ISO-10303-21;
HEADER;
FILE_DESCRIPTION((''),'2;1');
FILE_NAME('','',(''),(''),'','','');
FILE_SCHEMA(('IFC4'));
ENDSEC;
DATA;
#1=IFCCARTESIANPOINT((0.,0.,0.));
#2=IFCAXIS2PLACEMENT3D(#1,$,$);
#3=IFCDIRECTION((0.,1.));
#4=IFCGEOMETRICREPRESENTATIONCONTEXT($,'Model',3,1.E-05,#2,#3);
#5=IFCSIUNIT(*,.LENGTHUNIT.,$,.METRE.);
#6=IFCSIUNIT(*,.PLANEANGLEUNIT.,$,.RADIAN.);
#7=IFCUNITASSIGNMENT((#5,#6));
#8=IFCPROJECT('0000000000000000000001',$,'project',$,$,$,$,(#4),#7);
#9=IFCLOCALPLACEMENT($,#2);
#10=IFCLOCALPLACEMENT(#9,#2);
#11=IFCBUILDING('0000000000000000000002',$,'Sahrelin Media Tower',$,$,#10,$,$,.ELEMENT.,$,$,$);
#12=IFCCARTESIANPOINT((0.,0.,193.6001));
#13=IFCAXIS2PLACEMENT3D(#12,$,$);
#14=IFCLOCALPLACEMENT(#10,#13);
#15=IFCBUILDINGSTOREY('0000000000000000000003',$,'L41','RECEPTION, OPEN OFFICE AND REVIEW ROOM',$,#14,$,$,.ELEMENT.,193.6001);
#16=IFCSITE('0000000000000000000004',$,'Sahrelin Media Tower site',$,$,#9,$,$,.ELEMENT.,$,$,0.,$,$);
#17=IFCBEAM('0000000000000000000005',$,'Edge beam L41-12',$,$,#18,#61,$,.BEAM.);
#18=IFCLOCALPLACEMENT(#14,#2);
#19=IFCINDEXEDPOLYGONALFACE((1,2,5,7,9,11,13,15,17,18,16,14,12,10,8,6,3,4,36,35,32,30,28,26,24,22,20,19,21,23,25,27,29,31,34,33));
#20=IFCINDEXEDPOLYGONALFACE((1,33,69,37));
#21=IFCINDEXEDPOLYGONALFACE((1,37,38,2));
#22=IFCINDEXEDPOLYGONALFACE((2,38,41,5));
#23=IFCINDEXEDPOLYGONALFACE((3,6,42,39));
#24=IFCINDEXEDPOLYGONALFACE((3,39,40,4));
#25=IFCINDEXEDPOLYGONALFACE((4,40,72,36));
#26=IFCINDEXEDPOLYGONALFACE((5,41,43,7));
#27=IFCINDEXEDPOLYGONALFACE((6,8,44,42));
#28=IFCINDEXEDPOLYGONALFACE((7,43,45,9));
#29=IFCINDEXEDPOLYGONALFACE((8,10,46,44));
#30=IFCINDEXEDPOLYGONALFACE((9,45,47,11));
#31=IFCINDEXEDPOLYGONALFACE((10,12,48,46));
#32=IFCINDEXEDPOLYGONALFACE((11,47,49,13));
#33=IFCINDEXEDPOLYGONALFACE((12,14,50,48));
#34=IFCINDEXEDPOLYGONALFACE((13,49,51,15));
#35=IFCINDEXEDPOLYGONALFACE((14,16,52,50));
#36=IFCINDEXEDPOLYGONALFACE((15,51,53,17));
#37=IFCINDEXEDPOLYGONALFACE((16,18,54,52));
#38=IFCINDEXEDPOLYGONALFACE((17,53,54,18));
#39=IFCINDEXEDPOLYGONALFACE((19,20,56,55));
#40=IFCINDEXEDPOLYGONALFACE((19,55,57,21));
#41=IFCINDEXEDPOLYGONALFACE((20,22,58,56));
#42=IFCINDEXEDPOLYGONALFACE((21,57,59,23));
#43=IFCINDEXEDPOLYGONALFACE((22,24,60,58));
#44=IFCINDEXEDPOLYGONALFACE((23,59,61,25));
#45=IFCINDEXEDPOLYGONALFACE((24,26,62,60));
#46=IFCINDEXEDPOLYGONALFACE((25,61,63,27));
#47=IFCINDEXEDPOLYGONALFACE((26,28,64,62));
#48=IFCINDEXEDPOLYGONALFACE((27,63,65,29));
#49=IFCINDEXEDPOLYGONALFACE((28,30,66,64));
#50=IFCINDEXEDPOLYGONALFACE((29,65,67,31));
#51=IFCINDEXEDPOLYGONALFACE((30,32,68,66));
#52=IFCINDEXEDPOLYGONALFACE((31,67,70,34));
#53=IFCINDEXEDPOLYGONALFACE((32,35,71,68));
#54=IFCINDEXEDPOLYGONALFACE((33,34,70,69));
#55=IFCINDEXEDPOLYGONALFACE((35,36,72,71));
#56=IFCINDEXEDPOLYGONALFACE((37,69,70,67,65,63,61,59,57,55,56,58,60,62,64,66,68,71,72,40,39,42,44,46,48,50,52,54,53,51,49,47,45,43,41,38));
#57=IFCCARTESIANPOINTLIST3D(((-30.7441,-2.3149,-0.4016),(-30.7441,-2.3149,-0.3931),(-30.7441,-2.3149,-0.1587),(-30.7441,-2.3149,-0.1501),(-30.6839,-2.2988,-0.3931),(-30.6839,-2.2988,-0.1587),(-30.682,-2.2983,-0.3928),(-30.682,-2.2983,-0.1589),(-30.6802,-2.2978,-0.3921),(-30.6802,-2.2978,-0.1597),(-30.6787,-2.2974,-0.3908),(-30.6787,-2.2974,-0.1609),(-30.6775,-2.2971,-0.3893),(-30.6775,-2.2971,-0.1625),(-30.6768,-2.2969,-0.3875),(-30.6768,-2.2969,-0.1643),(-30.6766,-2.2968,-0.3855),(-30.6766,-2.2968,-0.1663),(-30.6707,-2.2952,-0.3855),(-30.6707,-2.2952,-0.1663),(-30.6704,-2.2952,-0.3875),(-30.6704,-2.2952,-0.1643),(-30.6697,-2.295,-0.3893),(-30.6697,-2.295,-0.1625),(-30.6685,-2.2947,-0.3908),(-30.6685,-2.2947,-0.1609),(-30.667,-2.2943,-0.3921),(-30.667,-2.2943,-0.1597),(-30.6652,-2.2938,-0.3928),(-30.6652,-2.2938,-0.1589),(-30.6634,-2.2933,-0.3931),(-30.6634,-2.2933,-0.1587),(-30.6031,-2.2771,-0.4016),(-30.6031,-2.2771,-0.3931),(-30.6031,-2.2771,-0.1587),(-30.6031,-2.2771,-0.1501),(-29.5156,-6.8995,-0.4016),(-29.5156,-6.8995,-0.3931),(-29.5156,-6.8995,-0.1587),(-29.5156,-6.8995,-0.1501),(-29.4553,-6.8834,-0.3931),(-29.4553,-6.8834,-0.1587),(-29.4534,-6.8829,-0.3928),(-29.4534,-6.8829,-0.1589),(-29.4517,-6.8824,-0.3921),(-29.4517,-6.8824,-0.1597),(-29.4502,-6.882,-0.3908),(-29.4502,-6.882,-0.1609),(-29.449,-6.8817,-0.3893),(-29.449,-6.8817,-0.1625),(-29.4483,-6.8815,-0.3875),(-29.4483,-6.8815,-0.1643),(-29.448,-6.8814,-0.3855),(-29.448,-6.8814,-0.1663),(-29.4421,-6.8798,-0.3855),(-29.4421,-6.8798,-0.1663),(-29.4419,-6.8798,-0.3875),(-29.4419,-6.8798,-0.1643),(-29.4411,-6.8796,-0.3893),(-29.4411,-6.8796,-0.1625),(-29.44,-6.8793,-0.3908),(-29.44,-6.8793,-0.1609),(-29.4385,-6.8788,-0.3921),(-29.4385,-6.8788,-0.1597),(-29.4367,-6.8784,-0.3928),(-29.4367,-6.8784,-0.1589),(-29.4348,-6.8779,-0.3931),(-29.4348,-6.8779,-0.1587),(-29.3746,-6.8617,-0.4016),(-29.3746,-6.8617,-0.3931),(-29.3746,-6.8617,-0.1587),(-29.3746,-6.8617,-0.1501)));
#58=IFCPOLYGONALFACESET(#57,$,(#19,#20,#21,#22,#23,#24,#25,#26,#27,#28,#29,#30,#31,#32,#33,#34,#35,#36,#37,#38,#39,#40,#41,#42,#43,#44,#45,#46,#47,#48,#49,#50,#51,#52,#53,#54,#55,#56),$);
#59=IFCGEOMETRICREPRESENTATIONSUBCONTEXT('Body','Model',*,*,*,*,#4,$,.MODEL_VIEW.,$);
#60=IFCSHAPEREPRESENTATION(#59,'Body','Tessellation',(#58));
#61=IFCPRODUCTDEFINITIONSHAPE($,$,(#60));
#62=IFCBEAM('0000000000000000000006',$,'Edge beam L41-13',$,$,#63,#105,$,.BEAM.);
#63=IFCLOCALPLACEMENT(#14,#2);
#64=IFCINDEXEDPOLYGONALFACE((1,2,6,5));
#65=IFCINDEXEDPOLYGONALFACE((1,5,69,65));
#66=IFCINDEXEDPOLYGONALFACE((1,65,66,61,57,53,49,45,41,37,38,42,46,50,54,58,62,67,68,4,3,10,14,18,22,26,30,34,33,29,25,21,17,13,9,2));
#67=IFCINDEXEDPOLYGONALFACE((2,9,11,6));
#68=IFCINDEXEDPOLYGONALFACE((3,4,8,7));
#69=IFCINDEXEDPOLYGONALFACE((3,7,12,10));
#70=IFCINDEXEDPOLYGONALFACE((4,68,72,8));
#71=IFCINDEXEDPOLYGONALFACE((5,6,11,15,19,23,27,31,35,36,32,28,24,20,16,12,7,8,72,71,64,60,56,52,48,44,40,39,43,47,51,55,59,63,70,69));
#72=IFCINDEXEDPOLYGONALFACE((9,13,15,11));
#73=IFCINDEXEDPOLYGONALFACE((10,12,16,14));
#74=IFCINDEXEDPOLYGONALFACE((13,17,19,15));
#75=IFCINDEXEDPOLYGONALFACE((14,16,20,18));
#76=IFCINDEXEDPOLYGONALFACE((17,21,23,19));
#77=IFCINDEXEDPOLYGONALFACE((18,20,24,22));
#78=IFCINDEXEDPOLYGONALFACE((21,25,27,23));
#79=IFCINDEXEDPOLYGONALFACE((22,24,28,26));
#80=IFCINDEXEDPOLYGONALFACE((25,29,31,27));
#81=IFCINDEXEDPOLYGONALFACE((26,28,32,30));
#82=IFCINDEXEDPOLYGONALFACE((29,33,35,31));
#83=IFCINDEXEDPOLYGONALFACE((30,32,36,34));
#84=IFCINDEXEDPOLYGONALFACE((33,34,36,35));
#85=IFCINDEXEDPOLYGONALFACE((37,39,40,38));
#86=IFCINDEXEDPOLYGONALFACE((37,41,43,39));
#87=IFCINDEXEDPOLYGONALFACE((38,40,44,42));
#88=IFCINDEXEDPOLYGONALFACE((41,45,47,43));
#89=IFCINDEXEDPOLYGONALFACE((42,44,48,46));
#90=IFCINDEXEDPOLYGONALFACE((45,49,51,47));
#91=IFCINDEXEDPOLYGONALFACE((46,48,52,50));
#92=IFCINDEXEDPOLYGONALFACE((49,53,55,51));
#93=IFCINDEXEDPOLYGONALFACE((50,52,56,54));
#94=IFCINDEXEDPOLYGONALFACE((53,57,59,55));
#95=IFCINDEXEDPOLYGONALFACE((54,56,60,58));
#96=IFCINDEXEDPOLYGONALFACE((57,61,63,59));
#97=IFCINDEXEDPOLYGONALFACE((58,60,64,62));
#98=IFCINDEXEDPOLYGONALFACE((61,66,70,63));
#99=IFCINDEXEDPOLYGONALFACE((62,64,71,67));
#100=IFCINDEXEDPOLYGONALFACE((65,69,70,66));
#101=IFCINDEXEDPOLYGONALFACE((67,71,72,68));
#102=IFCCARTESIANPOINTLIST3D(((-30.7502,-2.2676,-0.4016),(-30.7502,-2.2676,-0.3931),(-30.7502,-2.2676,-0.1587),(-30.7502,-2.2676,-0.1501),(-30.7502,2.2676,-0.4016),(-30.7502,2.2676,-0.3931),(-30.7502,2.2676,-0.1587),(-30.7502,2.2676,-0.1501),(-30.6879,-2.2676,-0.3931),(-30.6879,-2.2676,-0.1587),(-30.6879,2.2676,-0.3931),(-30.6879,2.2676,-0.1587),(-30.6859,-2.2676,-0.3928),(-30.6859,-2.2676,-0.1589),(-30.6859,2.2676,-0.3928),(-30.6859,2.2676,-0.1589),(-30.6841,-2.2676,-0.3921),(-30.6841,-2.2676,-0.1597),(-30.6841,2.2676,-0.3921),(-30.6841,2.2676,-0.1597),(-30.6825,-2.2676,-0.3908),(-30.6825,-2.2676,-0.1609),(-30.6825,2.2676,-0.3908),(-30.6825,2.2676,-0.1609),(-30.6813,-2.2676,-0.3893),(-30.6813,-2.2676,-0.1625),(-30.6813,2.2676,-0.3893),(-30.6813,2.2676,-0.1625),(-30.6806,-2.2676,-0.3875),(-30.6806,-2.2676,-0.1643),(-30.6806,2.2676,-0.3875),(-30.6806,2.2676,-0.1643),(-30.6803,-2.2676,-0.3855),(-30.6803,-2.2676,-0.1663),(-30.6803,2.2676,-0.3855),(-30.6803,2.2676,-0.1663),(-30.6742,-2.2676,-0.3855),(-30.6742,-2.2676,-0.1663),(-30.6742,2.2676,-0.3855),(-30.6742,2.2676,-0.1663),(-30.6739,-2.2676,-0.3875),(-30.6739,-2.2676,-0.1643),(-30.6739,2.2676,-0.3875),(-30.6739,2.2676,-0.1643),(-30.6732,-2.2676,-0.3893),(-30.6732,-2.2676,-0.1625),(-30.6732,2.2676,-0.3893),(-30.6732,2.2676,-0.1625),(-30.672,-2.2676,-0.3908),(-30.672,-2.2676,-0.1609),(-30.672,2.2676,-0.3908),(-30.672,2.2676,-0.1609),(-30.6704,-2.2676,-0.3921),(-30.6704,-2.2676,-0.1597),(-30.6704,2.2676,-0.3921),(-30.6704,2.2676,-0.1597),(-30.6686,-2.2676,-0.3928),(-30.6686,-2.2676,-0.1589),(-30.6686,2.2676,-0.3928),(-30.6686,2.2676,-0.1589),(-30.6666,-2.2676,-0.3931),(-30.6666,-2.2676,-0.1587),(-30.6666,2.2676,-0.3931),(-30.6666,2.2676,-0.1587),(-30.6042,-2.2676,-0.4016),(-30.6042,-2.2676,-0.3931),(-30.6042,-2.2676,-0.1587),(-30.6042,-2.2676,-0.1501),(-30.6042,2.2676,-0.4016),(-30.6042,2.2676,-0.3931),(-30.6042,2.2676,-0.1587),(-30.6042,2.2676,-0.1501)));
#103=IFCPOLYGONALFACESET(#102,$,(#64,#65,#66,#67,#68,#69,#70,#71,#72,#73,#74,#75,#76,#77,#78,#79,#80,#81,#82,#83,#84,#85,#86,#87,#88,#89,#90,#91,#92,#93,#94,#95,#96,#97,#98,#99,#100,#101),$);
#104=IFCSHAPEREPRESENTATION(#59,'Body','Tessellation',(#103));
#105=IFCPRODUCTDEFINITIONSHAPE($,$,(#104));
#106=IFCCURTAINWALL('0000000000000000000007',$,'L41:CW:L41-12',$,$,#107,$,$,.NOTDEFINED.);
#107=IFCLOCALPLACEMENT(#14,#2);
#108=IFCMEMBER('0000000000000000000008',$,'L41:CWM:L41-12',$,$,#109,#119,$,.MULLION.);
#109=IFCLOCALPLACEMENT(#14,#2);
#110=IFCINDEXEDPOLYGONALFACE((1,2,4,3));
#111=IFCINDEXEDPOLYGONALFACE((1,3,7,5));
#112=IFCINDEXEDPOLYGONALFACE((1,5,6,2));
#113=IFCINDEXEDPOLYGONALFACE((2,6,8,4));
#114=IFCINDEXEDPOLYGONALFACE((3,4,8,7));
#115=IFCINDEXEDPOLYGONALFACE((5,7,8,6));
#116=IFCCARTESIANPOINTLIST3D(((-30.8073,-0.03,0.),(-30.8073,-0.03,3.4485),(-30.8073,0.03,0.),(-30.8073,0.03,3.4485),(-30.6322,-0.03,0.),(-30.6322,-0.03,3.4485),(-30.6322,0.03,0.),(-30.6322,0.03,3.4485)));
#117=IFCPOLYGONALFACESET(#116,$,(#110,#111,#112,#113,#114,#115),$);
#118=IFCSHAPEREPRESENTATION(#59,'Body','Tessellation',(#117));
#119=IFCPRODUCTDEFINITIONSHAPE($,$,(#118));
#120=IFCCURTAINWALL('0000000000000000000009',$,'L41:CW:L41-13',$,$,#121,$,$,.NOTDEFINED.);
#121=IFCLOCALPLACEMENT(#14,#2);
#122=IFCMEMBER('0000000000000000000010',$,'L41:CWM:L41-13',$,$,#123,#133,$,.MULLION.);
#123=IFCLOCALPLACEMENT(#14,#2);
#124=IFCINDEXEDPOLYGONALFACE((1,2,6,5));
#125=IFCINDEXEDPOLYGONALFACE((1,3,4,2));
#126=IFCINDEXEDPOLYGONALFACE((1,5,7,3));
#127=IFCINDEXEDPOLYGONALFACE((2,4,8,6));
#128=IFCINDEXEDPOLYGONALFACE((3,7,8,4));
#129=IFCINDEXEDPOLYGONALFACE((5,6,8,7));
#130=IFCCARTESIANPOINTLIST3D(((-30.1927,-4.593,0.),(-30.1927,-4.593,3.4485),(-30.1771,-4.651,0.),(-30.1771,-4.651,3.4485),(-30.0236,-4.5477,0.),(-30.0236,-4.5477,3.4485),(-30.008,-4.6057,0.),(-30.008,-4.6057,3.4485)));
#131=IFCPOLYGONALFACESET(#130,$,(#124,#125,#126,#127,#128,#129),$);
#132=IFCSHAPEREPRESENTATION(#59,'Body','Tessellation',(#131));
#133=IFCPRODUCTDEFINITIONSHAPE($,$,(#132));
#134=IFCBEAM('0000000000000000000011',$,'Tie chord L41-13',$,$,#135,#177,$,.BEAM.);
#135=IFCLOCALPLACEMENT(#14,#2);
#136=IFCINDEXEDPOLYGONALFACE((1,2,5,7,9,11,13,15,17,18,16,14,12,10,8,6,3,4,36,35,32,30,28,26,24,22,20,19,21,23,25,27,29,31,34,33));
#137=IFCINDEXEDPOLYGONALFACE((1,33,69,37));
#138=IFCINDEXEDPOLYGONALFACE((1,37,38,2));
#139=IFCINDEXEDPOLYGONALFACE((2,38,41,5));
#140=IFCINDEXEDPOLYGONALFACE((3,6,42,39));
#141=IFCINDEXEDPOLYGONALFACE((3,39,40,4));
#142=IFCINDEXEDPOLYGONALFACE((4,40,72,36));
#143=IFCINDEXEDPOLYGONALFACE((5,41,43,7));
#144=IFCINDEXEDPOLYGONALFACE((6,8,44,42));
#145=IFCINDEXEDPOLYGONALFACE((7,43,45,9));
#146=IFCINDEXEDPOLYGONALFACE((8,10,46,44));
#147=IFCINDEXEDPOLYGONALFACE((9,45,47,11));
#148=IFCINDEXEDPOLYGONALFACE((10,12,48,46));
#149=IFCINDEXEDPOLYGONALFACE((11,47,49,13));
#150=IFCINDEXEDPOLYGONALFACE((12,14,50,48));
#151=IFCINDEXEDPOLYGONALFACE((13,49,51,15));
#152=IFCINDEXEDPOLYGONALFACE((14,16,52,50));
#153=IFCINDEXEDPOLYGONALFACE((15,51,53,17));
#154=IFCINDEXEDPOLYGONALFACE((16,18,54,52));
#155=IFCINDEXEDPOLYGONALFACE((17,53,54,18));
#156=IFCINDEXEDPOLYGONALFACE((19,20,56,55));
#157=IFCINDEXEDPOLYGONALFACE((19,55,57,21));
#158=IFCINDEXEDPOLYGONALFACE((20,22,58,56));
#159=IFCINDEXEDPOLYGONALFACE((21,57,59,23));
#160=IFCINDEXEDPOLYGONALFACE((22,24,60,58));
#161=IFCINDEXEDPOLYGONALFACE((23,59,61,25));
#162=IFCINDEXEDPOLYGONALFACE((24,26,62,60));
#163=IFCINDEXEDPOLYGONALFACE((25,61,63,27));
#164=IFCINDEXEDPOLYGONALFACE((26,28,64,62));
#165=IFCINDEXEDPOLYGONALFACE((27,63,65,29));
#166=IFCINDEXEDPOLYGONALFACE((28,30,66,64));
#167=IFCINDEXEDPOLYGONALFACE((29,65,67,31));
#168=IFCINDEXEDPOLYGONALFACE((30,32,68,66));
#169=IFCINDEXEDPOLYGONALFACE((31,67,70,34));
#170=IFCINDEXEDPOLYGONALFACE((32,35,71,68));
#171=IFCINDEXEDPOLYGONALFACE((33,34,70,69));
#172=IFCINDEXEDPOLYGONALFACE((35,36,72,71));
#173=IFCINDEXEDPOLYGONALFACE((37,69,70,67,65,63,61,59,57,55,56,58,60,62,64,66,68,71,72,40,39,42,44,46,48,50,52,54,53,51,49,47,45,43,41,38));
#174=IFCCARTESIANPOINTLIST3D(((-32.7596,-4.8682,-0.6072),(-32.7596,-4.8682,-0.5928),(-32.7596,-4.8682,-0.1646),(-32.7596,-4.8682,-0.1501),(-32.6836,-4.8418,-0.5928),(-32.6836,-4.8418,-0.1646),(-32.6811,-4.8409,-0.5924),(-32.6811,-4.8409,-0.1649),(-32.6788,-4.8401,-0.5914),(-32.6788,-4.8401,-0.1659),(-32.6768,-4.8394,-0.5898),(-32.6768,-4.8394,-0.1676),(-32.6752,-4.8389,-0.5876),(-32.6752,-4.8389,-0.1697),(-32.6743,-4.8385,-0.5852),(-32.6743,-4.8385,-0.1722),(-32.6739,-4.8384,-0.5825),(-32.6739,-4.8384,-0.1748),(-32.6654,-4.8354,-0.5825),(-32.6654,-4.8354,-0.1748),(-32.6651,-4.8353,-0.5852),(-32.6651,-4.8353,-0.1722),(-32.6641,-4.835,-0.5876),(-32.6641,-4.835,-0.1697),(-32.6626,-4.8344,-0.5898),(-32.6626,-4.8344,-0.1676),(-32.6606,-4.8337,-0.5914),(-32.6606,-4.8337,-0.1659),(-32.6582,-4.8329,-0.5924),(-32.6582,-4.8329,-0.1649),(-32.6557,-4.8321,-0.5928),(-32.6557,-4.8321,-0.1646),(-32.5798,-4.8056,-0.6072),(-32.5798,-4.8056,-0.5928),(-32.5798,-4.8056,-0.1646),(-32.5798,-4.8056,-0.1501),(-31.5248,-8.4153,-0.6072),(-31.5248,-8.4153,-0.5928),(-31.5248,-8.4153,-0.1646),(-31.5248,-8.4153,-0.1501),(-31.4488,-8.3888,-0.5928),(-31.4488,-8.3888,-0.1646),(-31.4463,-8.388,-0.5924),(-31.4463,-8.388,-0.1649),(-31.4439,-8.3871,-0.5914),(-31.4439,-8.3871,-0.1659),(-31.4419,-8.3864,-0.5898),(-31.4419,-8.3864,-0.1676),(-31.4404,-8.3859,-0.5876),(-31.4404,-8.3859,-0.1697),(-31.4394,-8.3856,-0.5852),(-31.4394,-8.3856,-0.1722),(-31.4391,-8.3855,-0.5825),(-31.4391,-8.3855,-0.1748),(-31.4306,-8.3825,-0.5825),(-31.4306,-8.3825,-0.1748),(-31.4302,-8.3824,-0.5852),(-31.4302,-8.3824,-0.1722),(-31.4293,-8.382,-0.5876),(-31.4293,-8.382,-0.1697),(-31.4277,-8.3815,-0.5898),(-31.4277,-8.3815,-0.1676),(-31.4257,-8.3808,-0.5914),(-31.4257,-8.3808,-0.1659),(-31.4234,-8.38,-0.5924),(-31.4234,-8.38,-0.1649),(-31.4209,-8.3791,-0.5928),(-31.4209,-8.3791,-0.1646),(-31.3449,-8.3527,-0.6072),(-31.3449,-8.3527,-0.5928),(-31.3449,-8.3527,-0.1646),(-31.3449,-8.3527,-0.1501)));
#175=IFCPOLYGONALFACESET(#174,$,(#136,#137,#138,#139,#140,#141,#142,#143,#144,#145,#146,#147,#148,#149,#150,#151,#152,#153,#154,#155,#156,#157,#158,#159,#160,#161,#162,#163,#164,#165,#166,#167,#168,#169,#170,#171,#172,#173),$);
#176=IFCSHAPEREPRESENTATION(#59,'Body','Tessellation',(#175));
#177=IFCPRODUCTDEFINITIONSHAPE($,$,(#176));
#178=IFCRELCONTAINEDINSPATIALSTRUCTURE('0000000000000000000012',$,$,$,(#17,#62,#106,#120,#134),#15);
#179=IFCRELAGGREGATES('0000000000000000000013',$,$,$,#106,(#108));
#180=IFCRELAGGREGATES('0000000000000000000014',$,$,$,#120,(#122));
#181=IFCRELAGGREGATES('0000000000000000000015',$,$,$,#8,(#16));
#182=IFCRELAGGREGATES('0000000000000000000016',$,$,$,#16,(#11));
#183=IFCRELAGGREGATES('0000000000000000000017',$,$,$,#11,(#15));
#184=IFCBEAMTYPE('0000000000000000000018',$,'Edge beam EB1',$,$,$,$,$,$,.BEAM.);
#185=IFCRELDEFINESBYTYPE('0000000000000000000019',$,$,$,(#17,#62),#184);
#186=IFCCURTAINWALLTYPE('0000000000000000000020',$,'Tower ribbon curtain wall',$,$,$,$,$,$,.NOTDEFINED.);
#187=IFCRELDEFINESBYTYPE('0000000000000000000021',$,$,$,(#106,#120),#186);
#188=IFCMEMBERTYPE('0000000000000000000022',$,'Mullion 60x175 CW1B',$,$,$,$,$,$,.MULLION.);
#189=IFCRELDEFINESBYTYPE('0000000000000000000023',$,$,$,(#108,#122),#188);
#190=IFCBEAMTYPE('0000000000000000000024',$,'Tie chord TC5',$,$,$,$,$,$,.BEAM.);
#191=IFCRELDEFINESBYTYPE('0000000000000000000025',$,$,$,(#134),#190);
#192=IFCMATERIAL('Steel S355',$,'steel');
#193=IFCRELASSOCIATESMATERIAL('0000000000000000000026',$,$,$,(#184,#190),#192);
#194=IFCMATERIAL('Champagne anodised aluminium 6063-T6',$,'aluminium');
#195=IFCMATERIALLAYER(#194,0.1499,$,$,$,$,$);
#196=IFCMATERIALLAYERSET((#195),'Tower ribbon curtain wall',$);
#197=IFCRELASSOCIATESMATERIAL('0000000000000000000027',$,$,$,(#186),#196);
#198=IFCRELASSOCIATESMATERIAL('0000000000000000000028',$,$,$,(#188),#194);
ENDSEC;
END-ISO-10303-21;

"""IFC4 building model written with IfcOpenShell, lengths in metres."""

from ifc_helpers import new_model, si_unit, direction, frame, origin, origin_2d, place, context, subcontext, project, spatial, rectangle, i_section, extrude, material, layer, layer_set, material_profile, profile_set, type_object, element, aggregate, save


model = new_model("IFC4")

# Units and contexts
model_context = context("Model", 3, precision=1e-05, world=origin(), true_north=direction((0.0, 1.0)))
body_context = subcontext(model_context, "Body", "Model", "MODEL_VIEW")
ifc_project = project(units=[si_unit("LENGTHUNIT", "METRE"), si_unit("PLANEANGLEUNIT", "RADIAN")], contexts=[model_context])

# Site, building, storey
site_placement = place(None, origin())
site = spatial("IfcSite", under=ifc_project, at=site_placement, Name="Sahrelin Media Tower site", CompositionType="ELEMENT", RefElevation=0.0)
building_placement = place(site_placement, origin())
building = spatial("IfcBuilding", under=site, at=building_placement, Name="Sahrelin Media Tower", CompositionType="ELEMENT")
storey_placement = place(building_placement, frame((0.0, 0.0, 193.6001)))
storey = spatial("IfcBuildingStorey", under=building, at=storey_placement, Name="L41", Description="RECEPTION, OPEN OFFICE AND REVIEW ROOM", CompositionType="ELEMENT", Elevation=193.6001)

# Beams
ifc_material_1 = material(Name="Steel S355", Category="steel")
ifc_material_profile_1 = material_profile(ifc_material_1, i_section(OverallWidth=0.146, OverallDepth=0.2515, WebThickness=0.0061, FlangeThickness=0.0085, FilletRadius=0.0076, at=origin_2d()), Name="UB 254x146x31")
ifc_profile_set_1 = profile_set([ifc_material_profile_1], Name="Steel S355")
beam_type_1 = type_object("IfcBeamType", Name="Edge beam EB1", PredefinedType="BEAM", material=ifc_profile_set_1)
beam_1_placement = place(storey_placement, frame((-29.4451, -6.8806, -0.2759), z_axis=(-0.258841, 0.96592, 0.0), x_axis=(-0.96592, -0.258841, 0.0)))
element("IfcBeam", 1, at=beam_1_placement, inside=storey, type_object=beam_type_1, Name="Edge beam L41-12", PredefinedType="BEAM", context=body_context, shape_type="SweptSolid", body=[
    extrude(i_section(OverallWidth=0.146, OverallDepth=0.2515, WebThickness=0.0061, FlangeThickness=0.0085, FilletRadius=0.0076, at=origin_2d()), origin(), (0.0, 0.0, 1.0), 4.7463),
])
beam_2_placement = place(storey_placement, frame((-30.6772, -2.2676, -0.2759), z_axis=(0.0, 1.0, 0.0), x_axis=(-1.0, 0.0, 0.0)))
element("IfcBeam", 2, at=beam_2_placement, inside=storey, type_object=beam_type_1, Name="Edge beam L41-13", PredefinedType="BEAM", context=body_context, shape_type="SweptSolid", body=[
    extrude(i_section(OverallWidth=0.146, OverallDepth=0.2515, WebThickness=0.0061, FlangeThickness=0.0085, FilletRadius=0.0076, at=origin_2d()), origin(), (0.0, 0.0, 1.0), 4.5352),
])

# Curtain walls, members
ifc_material_2 = material(Name="Champagne anodised aluminium 6063-T6", Category="aluminium")
ifc_layer_1 = layer(ifc_material_2, 0.1499)
ifc_layer_set_1 = layer_set([ifc_layer_1], Name="Tower ribbon curtain wall")
curtain_wall_type = type_object("IfcCurtainWallType", Name="Tower ribbon curtain wall", PredefinedType="NOTDEFINED", material=ifc_layer_set_1)
curtain_wall_1_placement = place(storey_placement, frame((-30.8274, 0.0, 0.0), z_axis=(0.0, 0.0, 1.0), x_axis=(1.0, 0.0, 0.0)))
curtain_wall_1 = element("IfcCurtainWall", 3, at=curtain_wall_1_placement, inside=storey, type_object=curtain_wall_type, Name="L41:CW:L41-12", PredefinedType="NOTDEFINED")
ifc_material_profile_2 = material_profile(ifc_material_2, rectangle(XDim=0.0601, YDim=0.175, at=origin_2d()), Name="Mullion 60x175")
ifc_profile_set_2 = profile_set([ifc_material_profile_2], Name="Champagne anodised aluminium 6063-T6")
member_type_1 = type_object("IfcMemberType", Name="Mullion 60x175 CW1B", PredefinedType="MULLION", material=ifc_profile_set_2)
member_1_placement = place(storey_placement, frame((-30.7197, 0.0, 0.0), z_axis=(0.0, 0.0, 1.0), x_axis=(0.0, -1.0, 0.0)))
member_1 = element("IfcMember", 4, at=member_1_placement, type_object=member_type_1, Name="L41:CWM:L41-12", PredefinedType="MULLION", context=body_context, shape_type="SweptSolid", body=[
    extrude(rectangle(XDim=0.0601, YDim=0.175, at=origin_2d()), origin(), (0.0, 0.0, 1.0), 3.4485),
])
aggregate(curtain_wall_1, [member_1])
curtain_wall_2_placement = place(storey_placement, frame((-30.2041, -4.6272, 0.0), z_axis=(0.0, 0.0, 1.0), x_axis=(1.0, 0.0, 0.0)))
curtain_wall_2 = element("IfcCurtainWall", 5, at=curtain_wall_2_placement, inside=storey, type_object=curtain_wall_type, Name="L41:CW:L41-13", PredefinedType="NOTDEFINED")
member_2_placement = place(storey_placement, frame((-30.1003, -4.5994, 0.0), z_axis=(0.0, 0.0, 1.0), x_axis=(0.258829, -0.965923, 0.0)))
member_2 = element("IfcMember", 6, at=member_2_placement, type_object=member_type_1, Name="L41:CWM:L41-13", PredefinedType="MULLION", context=body_context, shape_type="SweptSolid", body=[
    extrude(rectangle(XDim=0.0601, YDim=0.175, at=origin_2d()), origin(), (0.0, 0.0, 1.0), 3.4485),
])

# Beam
ifc_material_profile_3 = material_profile(ifc_material_1, i_section(OverallWidth=0.1904, OverallDepth=0.457, WebThickness=0.009, FlangeThickness=0.0144, FilletRadius=0.0103, at=origin_2d()), Name="UB 457x191x74")
ifc_profile_set_3 = profile_set([ifc_material_profile_3], Name="Steel S355")
beam_type_2 = type_object("IfcBeamType", Name="Tie chord TC5", PredefinedType="BEAM", material=ifc_profile_set_3)
beam_3_placement = place(storey_placement, frame((-32.6697, -4.8369, -0.3787), z_axis=(0.328778, -0.944407, 0.0), x_axis=(0.944407, 0.328778, 0.0)))
element("IfcBeam", 7, at=beam_3_placement, inside=storey, type_object=beam_type_2, Name="Tie chord L41-13", PredefinedType="BEAM", context=body_context, shape_type="SweptSolid", body=[
    extrude(i_section(OverallWidth=0.1904, OverallDepth=0.457, WebThickness=0.009, FlangeThickness=0.0144, FilletRadius=0.0103, at=origin_2d()), origin(), (0.0, 0.0, 1.0), 3.7559),
])

aggregate(curtain_wall_2, [member_2])

save(model, "model.ifc")
